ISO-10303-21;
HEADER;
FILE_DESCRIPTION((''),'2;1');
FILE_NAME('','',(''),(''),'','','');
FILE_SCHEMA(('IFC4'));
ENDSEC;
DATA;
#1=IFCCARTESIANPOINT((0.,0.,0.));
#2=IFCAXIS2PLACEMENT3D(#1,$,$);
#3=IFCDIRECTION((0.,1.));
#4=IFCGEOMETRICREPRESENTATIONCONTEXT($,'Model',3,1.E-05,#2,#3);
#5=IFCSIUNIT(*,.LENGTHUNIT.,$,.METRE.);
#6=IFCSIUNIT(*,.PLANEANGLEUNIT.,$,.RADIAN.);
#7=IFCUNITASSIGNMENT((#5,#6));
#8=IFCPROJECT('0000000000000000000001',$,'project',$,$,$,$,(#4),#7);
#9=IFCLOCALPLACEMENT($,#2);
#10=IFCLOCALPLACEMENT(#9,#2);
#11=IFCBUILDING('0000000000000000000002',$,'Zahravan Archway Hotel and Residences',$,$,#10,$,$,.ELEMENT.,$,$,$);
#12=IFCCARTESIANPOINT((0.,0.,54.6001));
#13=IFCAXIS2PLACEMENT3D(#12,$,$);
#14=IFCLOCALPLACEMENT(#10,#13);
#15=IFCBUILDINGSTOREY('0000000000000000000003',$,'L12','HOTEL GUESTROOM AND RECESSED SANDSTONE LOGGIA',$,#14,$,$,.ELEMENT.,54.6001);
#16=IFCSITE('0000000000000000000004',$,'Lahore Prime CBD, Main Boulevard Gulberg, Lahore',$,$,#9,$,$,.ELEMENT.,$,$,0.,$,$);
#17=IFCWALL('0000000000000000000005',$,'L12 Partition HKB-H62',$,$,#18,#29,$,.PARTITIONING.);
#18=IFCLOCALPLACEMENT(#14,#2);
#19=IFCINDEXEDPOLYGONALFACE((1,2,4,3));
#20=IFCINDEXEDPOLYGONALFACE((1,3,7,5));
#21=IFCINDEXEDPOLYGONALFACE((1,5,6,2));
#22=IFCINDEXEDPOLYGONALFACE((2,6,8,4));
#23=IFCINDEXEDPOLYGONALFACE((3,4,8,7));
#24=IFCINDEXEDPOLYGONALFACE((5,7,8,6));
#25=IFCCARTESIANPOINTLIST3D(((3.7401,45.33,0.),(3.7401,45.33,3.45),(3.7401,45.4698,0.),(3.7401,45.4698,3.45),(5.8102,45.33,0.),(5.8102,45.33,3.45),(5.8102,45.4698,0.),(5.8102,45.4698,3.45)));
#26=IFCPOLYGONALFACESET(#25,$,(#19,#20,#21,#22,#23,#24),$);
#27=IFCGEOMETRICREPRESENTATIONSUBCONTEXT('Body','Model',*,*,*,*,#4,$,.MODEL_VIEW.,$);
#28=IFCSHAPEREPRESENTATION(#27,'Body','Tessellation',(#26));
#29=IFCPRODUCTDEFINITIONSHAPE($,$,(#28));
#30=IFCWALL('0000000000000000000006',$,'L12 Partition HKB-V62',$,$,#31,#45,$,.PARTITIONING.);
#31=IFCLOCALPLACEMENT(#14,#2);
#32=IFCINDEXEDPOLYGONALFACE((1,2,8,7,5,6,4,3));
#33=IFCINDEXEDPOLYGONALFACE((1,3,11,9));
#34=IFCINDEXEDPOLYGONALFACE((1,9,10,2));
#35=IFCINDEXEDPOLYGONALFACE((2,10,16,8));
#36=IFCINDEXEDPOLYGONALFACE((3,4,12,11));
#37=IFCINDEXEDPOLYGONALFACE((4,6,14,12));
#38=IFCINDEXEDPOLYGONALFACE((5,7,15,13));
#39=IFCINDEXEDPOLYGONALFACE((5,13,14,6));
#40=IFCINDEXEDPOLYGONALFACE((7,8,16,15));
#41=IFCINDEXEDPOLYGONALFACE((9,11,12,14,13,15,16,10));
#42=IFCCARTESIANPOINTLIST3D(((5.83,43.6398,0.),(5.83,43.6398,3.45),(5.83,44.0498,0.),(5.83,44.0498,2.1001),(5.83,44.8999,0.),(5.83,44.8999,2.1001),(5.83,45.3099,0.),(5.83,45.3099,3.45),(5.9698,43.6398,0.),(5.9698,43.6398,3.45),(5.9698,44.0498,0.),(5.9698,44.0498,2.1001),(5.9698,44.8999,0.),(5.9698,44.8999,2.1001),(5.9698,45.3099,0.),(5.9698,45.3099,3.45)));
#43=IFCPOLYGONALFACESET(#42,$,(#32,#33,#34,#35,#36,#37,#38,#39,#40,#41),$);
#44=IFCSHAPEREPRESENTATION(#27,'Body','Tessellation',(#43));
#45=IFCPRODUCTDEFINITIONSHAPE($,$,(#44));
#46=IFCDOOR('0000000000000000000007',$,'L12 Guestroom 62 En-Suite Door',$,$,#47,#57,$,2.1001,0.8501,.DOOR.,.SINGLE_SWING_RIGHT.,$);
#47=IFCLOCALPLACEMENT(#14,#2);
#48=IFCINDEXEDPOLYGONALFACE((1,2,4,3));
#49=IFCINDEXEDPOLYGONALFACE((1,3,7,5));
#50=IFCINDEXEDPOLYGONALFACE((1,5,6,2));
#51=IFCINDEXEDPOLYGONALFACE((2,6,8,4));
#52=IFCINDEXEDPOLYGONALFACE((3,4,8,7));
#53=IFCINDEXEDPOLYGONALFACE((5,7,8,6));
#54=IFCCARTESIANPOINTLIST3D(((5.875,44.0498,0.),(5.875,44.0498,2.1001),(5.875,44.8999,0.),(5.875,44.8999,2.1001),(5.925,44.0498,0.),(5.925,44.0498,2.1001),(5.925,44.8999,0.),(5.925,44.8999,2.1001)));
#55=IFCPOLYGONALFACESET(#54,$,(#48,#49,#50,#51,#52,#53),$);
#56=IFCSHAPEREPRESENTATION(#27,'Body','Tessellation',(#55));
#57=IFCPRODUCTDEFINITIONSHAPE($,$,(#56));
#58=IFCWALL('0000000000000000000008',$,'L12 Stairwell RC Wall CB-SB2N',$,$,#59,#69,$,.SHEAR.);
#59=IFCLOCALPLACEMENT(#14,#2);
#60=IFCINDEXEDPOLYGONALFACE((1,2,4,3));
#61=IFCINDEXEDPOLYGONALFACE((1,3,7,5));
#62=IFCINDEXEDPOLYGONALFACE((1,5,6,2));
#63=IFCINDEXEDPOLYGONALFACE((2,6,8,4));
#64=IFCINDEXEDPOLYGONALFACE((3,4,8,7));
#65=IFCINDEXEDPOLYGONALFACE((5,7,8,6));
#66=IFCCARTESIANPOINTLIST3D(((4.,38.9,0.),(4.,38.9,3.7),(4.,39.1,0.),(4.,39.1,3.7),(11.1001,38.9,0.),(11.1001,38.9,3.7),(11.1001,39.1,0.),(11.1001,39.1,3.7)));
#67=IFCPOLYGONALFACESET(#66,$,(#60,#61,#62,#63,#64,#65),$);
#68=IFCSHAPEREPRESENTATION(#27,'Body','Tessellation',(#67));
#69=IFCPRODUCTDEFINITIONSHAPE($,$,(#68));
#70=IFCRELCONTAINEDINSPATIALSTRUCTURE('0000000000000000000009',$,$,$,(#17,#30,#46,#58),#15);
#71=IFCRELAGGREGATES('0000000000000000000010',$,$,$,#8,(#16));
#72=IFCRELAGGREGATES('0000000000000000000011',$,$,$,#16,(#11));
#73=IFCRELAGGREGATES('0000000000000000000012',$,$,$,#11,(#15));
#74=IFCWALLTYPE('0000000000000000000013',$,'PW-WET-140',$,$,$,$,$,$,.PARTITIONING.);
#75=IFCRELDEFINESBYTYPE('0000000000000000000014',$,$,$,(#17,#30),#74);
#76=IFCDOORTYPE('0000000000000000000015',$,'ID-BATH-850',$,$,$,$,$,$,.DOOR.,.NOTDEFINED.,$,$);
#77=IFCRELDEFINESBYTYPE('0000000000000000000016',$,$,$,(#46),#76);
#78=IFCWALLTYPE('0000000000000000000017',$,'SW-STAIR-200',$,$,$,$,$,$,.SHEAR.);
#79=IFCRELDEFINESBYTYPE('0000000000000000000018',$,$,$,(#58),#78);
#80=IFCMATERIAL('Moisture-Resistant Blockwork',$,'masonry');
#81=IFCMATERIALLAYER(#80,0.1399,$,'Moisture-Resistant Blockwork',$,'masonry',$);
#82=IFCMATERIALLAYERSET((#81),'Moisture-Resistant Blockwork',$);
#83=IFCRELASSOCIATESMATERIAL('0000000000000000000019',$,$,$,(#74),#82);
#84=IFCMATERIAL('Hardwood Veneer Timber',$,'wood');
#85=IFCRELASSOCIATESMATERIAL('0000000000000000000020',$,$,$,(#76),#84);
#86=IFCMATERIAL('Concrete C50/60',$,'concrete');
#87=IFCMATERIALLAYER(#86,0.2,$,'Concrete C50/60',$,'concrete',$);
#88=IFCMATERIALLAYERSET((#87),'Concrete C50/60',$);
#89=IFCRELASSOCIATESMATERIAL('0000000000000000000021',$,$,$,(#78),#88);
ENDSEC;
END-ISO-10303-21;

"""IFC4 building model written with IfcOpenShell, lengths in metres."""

from ifc_helpers import new_model, si_unit, direction, frame, frame_2d, origin, place, context, subcontext, project, spatial, rectangle, extrude, source, transform, mapped, material, layer, layer_set, type_object, type_shapes, element, fill, save


model = new_model("IFC4")

# Units and contexts
model_context = context("Model", 3, precision=1e-05, world=origin(), true_north=direction((0.0, 1.0)))
body_context = subcontext(model_context, "Body", "Model", "MODEL_VIEW")
ifc_project = project(units=[si_unit("LENGTHUNIT", "METRE"), si_unit("PLANEANGLEUNIT", "RADIAN")], contexts=[model_context])

# Site, building, storey
site_placement = place(None, origin())
site = spatial("IfcSite", under=ifc_project, at=site_placement, Name="Lahore Prime CBD, Main Boulevard Gulberg, Lahore", CompositionType="ELEMENT", RefElevation=0.0)
building_placement = place(site_placement, origin())
building = spatial("IfcBuilding", under=site, at=building_placement, Name="Zahravan Archway Hotel and Residences", CompositionType="ELEMENT")
storey_placement = place(building_placement, frame((0.0, 0.0, 54.6001)))
storey = spatial("IfcBuildingStorey", under=building, at=storey_placement, Name="L12", Description="HOTEL GUESTROOM AND RECESSED SANDSTONE LOGGIA", CompositionType="ELEMENT", Elevation=54.6001)

# Shared definitions
ifc_material_1 = material(Name="Hardwood Veneer Timber", Category="wood")

# Shared definitions
ifc_material_2 = material(Name="Moisture-Resistant Blockwork", Category="masonry")
ifc_layer_1 = layer(ifc_material_2, 0.1399, Name="Moisture-Resistant Blockwork", Category="masonry")
ifc_layer_set_1 = layer_set([ifc_layer_1], Name="Moisture-Resistant Blockwork")
wall_type_1 = type_object("IfcWallType", Name="PW-WET-140", PredefinedType="PARTITIONING", material=ifc_layer_set_1)

# Shared definitions
door_type_1 = type_object("IfcDoorType", Name="ID-BATH-850", OperationType="NOTDEFINED", PredefinedType="DOOR", material=ifc_material_1)
shared_shape_1 = source(origin(), body_context, "Body", "SweptSolid", [
    extrude(rectangle(XDim=0.8501, YDim=2.1001, at=frame_2d((0.425, 1.05))), frame((0.0, 0.0249, 0.0), z_axis=(0.0, -1.0, 0.0), x_axis=(1.0, 0.0, 0.0)), (0.0, 0.0, 1.0), 0.05),
])
type_shapes(door_type_1, [shared_shape_1])

# Wall
wall_1_placement = place(storey_placement, frame((3.74, 45.3999, 0.0), z_axis=(0.0, 0.0, 1.0), x_axis=(1.0, 0.0, 0.0)))
element("IfcWall", 1, at=wall_1_placement, inside=storey, type_object=wall_type_1, Name="L12 Partition HKB-H62", PredefinedType="PARTITIONING", context=body_context, shape_type="SweptSolid", body=[
    extrude(rectangle(XDim=2.0701, YDim=0.1399, at=frame_2d((1.0352, 0.0))), origin(), (0.0, 0.0, 1.0), 3.45),
])

# Wall, opening, door
wall_2_placement = place(storey_placement, frame((5.8999, 43.6399, 0.0), z_axis=(0.0, 0.0, 1.0), x_axis=(0.0, 1.0, 0.0)))
wall_2 = element("IfcWall", 2, at=wall_2_placement, inside=storey, type_object=wall_type_1, Name="L12 Partition HKB-V62", PredefinedType="PARTITIONING", context=body_context, shape_type="SweptSolid", body=[
    extrude(rectangle(XDim=1.6702, YDim=0.1399, at=frame_2d((0.835, 0.0))), origin(), (0.0, 0.0, 1.0), 3.45),
])
opening_1_placement = place(wall_2_placement, frame((0.4099, 0.0, 0.0)))
opening_1 = element("IfcOpeningElement", 3, at=opening_1_placement, cuts=wall_2, PredefinedType="OPENING", context=body_context, shape_type="SweptSolid", body=[
    extrude(rectangle(XDim=0.8501, YDim=2.1001, at=frame_2d((0.425, 1.05))), frame((0.0, 0.0801, 0.0), z_axis=(0.0, -1.0, 0.0), x_axis=(1.0, 0.0, 0.0)), (0.0, 0.0, 1.0), 0.1599),
])
door_1_placement = place(opening_1_placement, origin())
door_1 = element("IfcDoor", 4, at=door_1_placement, inside=storey, type_object=door_type_1, Name="L12 Guestroom 62 En-Suite Door", OperationType="SINGLE_SWING_RIGHT", OverallHeight=2.1001, OverallWidth=0.8501, PredefinedType="DOOR", context=body_context, shape_type="MappedRepresentation", body=[
    mapped(shared_shape_1, transform((0.0, 0.0, 0.0), scale=1.0)),
])
fill(opening_1, door_1)

# Wall
ifc_material_3 = material(Name="Concrete C50/60", Category="concrete")
ifc_layer_2 = layer(ifc_material_3, 0.2, Name="Concrete C50/60", Category="concrete")
ifc_layer_set_2 = layer_set([ifc_layer_2], Name="Concrete C50/60")
wall_type_2 = type_object("IfcWallType", Name="SW-STAIR-200", PredefinedType="SHEAR", material=ifc_layer_set_2)
wall_3_placement = place(storey_placement, frame((4.0, 39.0, 0.0), z_axis=(0.0, 0.0, 1.0), x_axis=(1.0, 0.0, 0.0)))
element("IfcWall", 5, at=wall_3_placement, inside=storey, type_object=wall_type_2, Name="L12 Stairwell RC Wall CB-SB2N", PredefinedType="SHEAR", context=body_context, shape_type="SweptSolid", body=[
    extrude(rectangle(XDim=7.1001, YDim=0.2, at=frame_2d((3.55, 0.0))), origin(), (0.0, 0.0, 1.0), 3.7),
])

save(model, "model.ifc")
